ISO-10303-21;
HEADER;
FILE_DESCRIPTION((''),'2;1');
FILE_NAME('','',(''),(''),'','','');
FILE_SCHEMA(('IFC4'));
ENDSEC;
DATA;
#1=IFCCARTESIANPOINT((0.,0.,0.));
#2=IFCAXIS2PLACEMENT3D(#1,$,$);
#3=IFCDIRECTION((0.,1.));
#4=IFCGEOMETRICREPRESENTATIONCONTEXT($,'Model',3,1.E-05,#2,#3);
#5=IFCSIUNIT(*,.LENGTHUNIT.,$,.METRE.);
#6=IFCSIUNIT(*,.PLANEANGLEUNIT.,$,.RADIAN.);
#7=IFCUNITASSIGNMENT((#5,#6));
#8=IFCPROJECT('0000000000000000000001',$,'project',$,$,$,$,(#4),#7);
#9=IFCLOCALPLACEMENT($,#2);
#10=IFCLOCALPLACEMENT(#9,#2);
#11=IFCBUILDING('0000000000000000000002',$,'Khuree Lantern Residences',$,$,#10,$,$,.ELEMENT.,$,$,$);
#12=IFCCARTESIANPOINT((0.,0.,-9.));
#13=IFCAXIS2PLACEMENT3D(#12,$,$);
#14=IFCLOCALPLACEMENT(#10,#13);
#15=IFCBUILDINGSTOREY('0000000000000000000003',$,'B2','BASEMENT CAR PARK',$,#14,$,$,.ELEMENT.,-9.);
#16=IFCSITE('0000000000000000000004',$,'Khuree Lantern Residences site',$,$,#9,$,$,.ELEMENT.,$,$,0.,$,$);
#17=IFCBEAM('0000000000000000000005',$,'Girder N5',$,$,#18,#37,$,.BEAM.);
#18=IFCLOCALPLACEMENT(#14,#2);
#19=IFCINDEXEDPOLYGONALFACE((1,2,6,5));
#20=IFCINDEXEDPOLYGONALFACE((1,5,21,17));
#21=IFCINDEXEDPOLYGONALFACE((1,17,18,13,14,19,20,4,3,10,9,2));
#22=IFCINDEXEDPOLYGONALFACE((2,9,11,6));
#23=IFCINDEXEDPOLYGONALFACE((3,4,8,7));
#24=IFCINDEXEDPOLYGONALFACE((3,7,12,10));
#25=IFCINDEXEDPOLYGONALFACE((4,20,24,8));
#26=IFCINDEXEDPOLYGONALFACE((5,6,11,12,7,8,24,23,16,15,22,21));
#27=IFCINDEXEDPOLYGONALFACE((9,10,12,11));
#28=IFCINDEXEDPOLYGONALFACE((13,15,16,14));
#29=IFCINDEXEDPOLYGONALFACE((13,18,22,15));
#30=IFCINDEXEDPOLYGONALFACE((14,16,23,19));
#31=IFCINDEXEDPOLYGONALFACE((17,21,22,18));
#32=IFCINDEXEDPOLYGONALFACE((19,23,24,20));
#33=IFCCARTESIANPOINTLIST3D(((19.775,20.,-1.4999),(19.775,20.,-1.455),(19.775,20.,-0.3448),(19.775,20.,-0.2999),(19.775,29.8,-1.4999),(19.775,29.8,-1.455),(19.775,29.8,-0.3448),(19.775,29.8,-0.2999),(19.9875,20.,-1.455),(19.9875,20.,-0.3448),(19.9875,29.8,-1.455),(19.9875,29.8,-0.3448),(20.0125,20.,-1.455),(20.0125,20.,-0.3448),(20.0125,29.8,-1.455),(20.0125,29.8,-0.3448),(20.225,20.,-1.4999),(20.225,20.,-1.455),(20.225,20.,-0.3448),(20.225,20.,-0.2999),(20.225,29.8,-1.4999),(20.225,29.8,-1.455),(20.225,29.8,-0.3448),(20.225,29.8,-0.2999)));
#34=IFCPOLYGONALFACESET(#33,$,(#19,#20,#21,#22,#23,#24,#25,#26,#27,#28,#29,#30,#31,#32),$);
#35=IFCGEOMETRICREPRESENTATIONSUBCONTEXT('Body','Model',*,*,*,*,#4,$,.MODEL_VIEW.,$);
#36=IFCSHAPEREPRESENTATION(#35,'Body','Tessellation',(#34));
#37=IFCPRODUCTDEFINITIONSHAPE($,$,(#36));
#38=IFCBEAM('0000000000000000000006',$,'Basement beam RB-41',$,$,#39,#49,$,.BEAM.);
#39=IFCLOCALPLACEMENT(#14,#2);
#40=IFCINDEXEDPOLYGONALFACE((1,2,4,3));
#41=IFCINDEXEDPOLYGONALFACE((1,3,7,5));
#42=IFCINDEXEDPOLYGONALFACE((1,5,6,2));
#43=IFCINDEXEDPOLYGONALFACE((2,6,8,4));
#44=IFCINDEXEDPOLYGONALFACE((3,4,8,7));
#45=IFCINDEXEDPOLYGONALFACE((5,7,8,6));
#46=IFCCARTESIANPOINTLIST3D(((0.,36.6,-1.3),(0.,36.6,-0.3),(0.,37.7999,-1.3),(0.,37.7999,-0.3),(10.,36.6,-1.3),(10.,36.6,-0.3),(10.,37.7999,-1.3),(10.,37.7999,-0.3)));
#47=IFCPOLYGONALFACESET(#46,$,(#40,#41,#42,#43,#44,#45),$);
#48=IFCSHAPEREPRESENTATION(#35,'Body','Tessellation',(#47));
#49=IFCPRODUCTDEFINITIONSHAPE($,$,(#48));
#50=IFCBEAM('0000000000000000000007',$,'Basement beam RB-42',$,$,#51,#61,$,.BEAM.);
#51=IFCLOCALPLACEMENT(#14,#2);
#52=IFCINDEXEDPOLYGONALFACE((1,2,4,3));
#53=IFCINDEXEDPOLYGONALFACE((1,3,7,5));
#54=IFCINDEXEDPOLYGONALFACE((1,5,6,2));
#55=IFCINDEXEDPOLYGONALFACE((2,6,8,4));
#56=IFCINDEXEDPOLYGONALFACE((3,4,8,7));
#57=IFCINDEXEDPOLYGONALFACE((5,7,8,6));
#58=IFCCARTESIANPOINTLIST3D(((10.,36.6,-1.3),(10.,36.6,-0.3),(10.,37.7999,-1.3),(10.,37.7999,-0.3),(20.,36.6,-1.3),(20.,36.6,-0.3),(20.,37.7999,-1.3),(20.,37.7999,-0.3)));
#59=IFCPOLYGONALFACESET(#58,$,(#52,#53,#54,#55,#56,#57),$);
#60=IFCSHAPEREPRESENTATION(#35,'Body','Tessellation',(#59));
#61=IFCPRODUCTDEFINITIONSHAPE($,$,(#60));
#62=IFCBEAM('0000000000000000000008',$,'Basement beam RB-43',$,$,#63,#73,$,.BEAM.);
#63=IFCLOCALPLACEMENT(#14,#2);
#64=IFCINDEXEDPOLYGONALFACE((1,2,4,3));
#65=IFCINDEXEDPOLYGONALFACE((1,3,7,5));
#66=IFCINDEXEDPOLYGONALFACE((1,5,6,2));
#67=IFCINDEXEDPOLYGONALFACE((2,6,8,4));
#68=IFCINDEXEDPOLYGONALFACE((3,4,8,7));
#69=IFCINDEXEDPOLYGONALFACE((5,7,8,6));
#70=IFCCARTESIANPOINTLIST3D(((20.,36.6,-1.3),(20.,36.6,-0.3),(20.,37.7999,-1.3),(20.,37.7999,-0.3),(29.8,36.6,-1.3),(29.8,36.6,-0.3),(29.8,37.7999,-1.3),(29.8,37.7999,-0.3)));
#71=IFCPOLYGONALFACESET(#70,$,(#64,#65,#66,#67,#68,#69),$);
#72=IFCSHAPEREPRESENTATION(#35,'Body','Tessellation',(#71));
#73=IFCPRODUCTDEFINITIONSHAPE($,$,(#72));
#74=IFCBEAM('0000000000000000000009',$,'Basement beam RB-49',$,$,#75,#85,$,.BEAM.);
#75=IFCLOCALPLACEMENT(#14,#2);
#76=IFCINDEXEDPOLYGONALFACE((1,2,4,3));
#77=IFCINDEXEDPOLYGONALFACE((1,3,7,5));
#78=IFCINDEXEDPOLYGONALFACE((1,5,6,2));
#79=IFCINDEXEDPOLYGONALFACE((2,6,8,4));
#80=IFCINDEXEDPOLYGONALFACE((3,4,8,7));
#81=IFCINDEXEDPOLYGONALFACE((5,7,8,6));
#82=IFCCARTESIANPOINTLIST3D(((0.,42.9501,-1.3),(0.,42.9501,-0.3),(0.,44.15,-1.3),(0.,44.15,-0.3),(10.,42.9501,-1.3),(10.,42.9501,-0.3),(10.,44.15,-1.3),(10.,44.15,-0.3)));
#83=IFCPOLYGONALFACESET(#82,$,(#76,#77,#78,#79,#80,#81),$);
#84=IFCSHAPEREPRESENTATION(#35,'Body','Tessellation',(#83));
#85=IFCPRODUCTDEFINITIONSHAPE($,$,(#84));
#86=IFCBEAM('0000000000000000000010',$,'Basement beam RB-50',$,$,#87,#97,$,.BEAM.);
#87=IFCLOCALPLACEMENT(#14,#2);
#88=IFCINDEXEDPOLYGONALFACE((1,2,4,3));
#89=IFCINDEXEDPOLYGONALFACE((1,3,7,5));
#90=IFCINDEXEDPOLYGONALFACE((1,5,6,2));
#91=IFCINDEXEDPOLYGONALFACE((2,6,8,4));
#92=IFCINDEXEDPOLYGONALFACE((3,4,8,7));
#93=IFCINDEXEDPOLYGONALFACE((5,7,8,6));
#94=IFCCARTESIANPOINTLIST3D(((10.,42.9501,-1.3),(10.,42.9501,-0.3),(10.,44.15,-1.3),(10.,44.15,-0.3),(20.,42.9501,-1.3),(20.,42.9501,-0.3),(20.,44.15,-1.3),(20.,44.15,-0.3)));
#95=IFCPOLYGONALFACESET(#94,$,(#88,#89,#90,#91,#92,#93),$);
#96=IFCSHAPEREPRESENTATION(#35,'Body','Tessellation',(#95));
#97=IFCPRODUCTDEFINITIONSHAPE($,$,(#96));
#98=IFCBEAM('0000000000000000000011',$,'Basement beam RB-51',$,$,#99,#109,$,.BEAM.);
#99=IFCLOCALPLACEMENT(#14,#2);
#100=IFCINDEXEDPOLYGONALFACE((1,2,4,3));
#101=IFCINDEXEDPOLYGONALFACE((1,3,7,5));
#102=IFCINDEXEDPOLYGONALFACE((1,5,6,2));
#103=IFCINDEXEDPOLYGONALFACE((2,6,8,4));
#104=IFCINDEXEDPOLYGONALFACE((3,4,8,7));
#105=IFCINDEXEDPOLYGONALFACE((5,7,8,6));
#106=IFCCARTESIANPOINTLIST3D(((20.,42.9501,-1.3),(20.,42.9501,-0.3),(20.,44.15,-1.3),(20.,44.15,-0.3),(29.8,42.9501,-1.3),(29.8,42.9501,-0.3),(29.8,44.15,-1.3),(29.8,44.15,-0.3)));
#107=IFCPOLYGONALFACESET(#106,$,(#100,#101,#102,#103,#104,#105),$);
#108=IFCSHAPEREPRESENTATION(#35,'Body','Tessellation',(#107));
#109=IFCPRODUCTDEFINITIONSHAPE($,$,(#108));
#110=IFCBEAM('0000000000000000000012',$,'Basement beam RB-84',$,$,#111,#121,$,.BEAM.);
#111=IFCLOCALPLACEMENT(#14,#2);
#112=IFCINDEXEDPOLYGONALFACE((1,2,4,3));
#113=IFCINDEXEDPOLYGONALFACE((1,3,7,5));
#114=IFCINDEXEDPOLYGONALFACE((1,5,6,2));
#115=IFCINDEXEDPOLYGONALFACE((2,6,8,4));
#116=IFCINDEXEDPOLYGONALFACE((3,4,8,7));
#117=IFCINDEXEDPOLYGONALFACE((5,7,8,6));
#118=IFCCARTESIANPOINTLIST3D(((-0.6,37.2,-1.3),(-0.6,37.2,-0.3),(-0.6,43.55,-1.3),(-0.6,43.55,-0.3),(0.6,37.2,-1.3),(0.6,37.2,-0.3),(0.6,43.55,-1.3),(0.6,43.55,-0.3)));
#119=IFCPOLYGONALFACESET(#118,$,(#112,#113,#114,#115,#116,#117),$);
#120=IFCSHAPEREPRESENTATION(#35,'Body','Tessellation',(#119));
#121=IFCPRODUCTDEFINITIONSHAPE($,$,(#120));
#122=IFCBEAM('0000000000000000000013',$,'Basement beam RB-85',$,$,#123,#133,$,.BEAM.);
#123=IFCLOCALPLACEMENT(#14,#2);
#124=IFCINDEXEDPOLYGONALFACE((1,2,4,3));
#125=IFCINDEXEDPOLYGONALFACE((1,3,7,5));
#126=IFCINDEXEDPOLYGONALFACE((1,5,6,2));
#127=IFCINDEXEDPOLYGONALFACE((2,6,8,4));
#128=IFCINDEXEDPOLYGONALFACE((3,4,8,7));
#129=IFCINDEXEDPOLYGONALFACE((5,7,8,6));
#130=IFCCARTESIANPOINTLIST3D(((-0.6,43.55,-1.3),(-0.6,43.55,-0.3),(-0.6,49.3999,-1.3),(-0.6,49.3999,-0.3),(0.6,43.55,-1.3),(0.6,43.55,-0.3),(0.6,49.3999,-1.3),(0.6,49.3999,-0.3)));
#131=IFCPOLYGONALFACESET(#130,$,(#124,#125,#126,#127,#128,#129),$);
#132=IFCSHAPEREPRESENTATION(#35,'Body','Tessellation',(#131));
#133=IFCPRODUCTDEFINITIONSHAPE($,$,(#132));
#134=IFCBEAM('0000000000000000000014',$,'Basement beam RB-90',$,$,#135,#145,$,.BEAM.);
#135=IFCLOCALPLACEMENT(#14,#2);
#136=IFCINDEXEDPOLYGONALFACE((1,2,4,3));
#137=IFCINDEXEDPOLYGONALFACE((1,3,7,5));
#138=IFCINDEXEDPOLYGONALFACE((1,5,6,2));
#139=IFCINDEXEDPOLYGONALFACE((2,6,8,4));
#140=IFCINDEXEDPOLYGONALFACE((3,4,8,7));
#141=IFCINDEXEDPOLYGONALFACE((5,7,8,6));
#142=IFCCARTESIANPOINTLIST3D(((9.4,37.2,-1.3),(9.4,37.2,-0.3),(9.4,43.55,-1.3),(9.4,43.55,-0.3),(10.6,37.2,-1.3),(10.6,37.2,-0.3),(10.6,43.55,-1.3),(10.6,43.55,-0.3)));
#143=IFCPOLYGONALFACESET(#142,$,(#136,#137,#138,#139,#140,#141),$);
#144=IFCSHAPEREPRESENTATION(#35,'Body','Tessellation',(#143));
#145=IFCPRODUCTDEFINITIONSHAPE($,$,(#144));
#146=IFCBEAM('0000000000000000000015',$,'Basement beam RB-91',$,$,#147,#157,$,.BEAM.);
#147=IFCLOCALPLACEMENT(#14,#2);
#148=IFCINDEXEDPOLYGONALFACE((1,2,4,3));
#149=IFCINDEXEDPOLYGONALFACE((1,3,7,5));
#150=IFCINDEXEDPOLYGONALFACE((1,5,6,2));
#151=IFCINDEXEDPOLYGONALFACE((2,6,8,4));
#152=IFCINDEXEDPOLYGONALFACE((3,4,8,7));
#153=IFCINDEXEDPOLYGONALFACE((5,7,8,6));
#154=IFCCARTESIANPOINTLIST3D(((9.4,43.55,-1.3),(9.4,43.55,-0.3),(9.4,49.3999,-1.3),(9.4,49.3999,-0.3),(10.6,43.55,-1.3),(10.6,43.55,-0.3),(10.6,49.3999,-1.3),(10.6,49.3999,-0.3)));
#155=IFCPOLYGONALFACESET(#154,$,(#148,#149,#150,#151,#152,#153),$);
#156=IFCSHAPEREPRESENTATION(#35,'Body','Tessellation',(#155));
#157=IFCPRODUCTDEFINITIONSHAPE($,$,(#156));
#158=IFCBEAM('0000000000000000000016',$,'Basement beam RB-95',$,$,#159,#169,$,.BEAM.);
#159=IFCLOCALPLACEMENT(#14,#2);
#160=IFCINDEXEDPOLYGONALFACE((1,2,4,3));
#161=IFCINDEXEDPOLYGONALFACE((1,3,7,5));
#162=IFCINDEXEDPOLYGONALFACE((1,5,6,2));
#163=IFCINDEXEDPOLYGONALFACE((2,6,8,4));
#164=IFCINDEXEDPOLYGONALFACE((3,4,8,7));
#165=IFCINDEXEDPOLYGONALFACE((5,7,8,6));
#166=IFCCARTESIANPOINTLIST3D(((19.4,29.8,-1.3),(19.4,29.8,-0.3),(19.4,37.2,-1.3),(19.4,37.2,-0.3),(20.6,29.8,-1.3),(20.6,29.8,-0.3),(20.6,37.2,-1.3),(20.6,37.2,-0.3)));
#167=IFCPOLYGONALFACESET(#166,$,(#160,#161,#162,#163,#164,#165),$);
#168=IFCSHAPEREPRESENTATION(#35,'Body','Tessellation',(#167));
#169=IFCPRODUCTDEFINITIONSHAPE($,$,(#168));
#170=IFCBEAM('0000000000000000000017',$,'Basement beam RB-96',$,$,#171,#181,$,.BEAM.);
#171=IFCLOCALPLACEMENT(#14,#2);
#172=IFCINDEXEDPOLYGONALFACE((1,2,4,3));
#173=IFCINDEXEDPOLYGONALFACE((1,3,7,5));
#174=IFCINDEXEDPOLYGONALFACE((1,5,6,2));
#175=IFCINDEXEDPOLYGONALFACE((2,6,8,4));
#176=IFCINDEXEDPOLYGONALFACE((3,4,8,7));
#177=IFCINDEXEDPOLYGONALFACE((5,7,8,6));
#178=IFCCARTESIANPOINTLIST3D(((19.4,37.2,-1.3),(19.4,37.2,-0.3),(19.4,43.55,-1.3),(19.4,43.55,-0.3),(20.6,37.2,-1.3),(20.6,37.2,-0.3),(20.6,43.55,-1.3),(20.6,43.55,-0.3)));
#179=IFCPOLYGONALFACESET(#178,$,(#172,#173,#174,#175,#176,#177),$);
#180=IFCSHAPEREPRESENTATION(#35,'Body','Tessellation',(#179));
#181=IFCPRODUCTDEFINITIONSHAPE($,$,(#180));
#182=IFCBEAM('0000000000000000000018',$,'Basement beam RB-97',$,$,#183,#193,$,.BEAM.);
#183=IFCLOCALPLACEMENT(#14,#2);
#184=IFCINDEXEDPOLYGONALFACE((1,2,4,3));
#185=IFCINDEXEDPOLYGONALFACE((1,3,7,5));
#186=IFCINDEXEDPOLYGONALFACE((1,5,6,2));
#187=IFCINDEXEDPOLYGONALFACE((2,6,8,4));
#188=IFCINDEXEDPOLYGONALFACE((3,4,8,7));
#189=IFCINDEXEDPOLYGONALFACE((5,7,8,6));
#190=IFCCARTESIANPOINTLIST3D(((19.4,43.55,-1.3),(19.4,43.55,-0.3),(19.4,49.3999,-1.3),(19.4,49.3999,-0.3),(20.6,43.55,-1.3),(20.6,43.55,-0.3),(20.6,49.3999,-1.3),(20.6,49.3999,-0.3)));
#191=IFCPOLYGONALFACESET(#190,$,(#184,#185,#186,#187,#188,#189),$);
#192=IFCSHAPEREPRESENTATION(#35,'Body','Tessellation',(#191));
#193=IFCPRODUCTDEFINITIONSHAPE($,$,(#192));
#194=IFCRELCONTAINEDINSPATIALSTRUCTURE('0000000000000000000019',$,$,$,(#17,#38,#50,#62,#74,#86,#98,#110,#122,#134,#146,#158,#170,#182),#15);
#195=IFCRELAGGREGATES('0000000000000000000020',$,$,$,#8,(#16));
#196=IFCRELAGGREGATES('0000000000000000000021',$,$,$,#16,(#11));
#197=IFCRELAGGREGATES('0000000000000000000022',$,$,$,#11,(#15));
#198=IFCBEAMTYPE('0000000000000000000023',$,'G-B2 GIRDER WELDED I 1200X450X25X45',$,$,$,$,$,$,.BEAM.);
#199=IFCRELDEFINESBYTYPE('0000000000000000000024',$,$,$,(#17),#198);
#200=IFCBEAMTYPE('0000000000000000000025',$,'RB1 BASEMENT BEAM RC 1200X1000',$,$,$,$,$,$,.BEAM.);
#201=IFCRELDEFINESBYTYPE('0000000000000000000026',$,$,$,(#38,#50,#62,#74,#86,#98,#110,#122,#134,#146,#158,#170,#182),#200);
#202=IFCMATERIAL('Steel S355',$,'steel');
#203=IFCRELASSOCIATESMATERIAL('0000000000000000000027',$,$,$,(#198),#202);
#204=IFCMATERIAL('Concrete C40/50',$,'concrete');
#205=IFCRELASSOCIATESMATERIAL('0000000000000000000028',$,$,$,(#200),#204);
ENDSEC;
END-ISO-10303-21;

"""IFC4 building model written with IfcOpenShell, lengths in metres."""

from ifc_helpers import new_model, si_unit, direction, frame, origin, origin_2d, place, context, subcontext, project, spatial, rectangle, i_section, extrude, material, material_profile, profile_set, type_object, element, save


model = new_model("IFC4")

# Units and contexts
model_context = context("Model", 3, precision=1e-05, world=origin(), true_north=direction((0.0, 1.0)))
body_context = subcontext(model_context, "Body", "Model", "MODEL_VIEW")
ifc_project = project(units=[si_unit("LENGTHUNIT", "METRE"), si_unit("PLANEANGLEUNIT", "RADIAN")], contexts=[model_context])

# Site, building, storey
site_placement = place(None, origin())
site = spatial("IfcSite", under=ifc_project, at=site_placement, Name="Khuree Lantern Residences site", CompositionType="ELEMENT", RefElevation=0.0)
building_placement = place(site_placement, origin())
building = spatial("IfcBuilding", under=site, at=building_placement, Name="Khuree Lantern Residences", CompositionType="ELEMENT")
storey_placement = place(building_placement, frame((0.0, 0.0, -9.0)))
storey = spatial("IfcBuildingStorey", under=building, at=storey_placement, Name="B2", Description="BASEMENT CAR PARK", CompositionType="ELEMENT", Elevation=-9.0)

# Beams
ifc_material_1 = material(Name="Steel S355", Category="steel")
ifc_material_profile_1 = material_profile(ifc_material_1, i_section(OverallWidth=0.45, OverallDepth=1.2, WebThickness=0.0249, FlangeThickness=0.0449, at=origin_2d()), Name="WELDED I 1200X450X25X45")
ifc_profile_set_1 = profile_set([ifc_material_profile_1], Name="Steel S355")
beam_type_1 = type_object("IfcBeamType", Name="G-B2 GIRDER WELDED I 1200X450X25X45", PredefinedType="BEAM", material=ifc_profile_set_1)
beam_1_placement = place(storey_placement, frame((20.0, 29.8, -0.8999), z_axis=(0.0, -1.0, 0.0), x_axis=(1.0, 0.0, 0.0)))
element("IfcBeam", 1, at=beam_1_placement, inside=storey, type_object=beam_type_1, Name="Girder N5", PredefinedType="BEAM", context=body_context, shape_type="SweptSolid", body=[
    extrude(i_section(OverallWidth=0.45, OverallDepth=1.2, WebThickness=0.0249, FlangeThickness=0.0449, at=origin_2d()), origin(), (0.0, 0.0, 1.0), 9.8),
])
ifc_material_2 = material(Name="Concrete C40/50", Category="concrete")
ifc_material_profile_2 = material_profile(ifc_material_2, rectangle(XDim=1.2, YDim=1.0, at=origin_2d()), Name="RC 1200X1000")
ifc_profile_set_2 = profile_set([ifc_material_profile_2], Name="Concrete C40/50")
beam_type_2 = type_object("IfcBeamType", Name="RB1 BASEMENT BEAM RC 1200X1000", PredefinedType="BEAM", material=ifc_profile_set_2)
for number, where, z_axis, x_axis, name in (
    (2, (0.0, 37.2, -0.8), (1.0, 0.0, 0.0), (0.0, 1.0, 0.0), "Basement beam RB-41"),
    (3, (10.0, 37.2, -0.8), (1.0, 0.0, 0.0), (0.0, 1.0, 0.0), "Basement beam RB-42"),
):
    element("IfcBeam", number, at=place(storey_placement, frame(where, z_axis=z_axis, x_axis=x_axis)), inside=storey, type_object=beam_type_2, Name=name, PredefinedType="BEAM", context=body_context, shape_type="SweptSolid", body=[
        extrude(rectangle(XDim=1.2, YDim=1.0, at=origin_2d()), origin(), (0.0, 0.0, 1.0), 10.0),
    ])
beam_2_placement = place(storey_placement, frame((20.0, 37.2, -0.8), z_axis=(1.0, 0.0, 0.0), x_axis=(0.0, 1.0, 0.0)))
element("IfcBeam", 4, at=beam_2_placement, inside=storey, type_object=beam_type_2, Name="Basement beam RB-43", PredefinedType="BEAM", context=body_context, shape_type="SweptSolid", body=[
    extrude(rectangle(XDim=1.2, YDim=1.0, at=origin_2d()), origin(), (0.0, 0.0, 1.0), 9.8),
])
for number, where, z_axis, x_axis, name in (
    (5, (0.0, 43.55, -0.8), (1.0, 0.0, 0.0), (0.0, 1.0, 0.0), "Basement beam RB-49"),
    (6, (10.0, 43.55, -0.8), (1.0, 0.0, 0.0), (0.0, 1.0, 0.0), "Basement beam RB-50"),
):
    element("IfcBeam", number, at=place(storey_placement, frame(where, z_axis=z_axis, x_axis=x_axis)), inside=storey, type_object=beam_type_2, Name=name, PredefinedType="BEAM", context=body_context, shape_type="SweptSolid", body=[
        extrude(rectangle(XDim=1.2, YDim=1.0, at=origin_2d()), origin(), (0.0, 0.0, 1.0), 10.0),
    ])
beam_3_placement = place(storey_placement, frame((20.0, 43.55, -0.8), z_axis=(1.0, 0.0, 0.0), x_axis=(0.0, 1.0, 0.0)))
element("IfcBeam", 7, at=beam_3_placement, inside=storey, type_object=beam_type_2, Name="Basement beam RB-51", PredefinedType="BEAM", context=body_context, shape_type="SweptSolid", body=[
    extrude(rectangle(XDim=1.2, YDim=1.0, at=origin_2d()), origin(), (0.0, 0.0, 1.0), 9.8),
])
beam_4_placement = place(storey_placement, frame((0.0, 37.2, -0.8), z_axis=(0.0, 1.0, 0.0), x_axis=(-1.0, 0.0, 0.0)))
element("IfcBeam", 8, at=beam_4_placement, inside=storey, type_object=beam_type_2, Name="Basement beam RB-84", PredefinedType="BEAM", context=body_context, shape_type="SweptSolid", body=[
    extrude(rectangle(XDim=1.2, YDim=1.0, at=origin_2d()), origin(), (0.0, 0.0, 1.0), 6.3501),
])
beam_5_placement = place(storey_placement, frame((0.0, 43.55, -0.8), z_axis=(0.0, 1.0, 0.0), x_axis=(-1.0, 0.0, 0.0)))
element("IfcBeam", 9, at=beam_5_placement, inside=storey, type_object=beam_type_2, Name="Basement beam RB-85", PredefinedType="BEAM", context=body_context, shape_type="SweptSolid", body=[
    extrude(rectangle(XDim=1.2, YDim=1.0, at=origin_2d()), origin(), (0.0, 0.0, 1.0), 5.8499),
])
beam_6_placement = place(storey_placement, frame((10.0, 37.2, -0.8), z_axis=(0.0, 1.0, 0.0), x_axis=(-1.0, 0.0, 0.0)))
element("IfcBeam", 10, at=beam_6_placement, inside=storey, type_object=beam_type_2, Name="Basement beam RB-90", PredefinedType="BEAM", context=body_context, shape_type="SweptSolid", body=[
    extrude(rectangle(XDim=1.2, YDim=1.0, at=origin_2d()), origin(), (0.0, 0.0, 1.0), 6.3501),
])
beam_7_placement = place(storey_placement, frame((10.0, 43.55, -0.8), z_axis=(0.0, 1.0, 0.0), x_axis=(-1.0, 0.0, 0.0)))
element("IfcBeam", 11, at=beam_7_placement, inside=storey, type_object=beam_type_2, Name="Basement beam RB-91", PredefinedType="BEAM", context=body_context, shape_type="SweptSolid", body=[
    extrude(rectangle(XDim=1.2, YDim=1.0, at=origin_2d()), origin(), (0.0, 0.0, 1.0), 5.8499),
])
beam_8_placement = place(storey_placement, frame((20.0, 29.8, -0.8), z_axis=(0.0, 1.0, 0.0), x_axis=(-1.0, 0.0, 0.0)))
element("IfcBeam", 12, at=beam_8_placement, inside=storey, type_object=beam_type_2, Name="Basement beam RB-95", PredefinedType="BEAM", context=body_context, shape_type="SweptSolid", body=[
    extrude(rectangle(XDim=1.2, YDim=1.0, at=origin_2d()), origin(), (0.0, 0.0, 1.0), 7.3999),
])
beam_9_placement = place(storey_placement, frame((20.0, 37.2, -0.8), z_axis=(0.0, 1.0, 0.0), x_axis=(-1.0, 0.0, 0.0)))
element("IfcBeam", 13, at=beam_9_placement, inside=storey, type_object=beam_type_2, Name="Basement beam RB-96", PredefinedType="BEAM", context=body_context, shape_type="SweptSolid", body=[
    extrude(rectangle(XDim=1.2, YDim=1.0, at=origin_2d()), origin(), (0.0, 0.0, 1.0), 6.3501),
])
beam_10_placement = place(storey_placement, frame((20.0, 43.55, -0.8), z_axis=(0.0, 1.0, 0.0), x_axis=(-1.0, 0.0, 0.0)))
element("IfcBeam", 14, at=beam_10_placement, inside=storey, type_object=beam_type_2, Name="Basement beam RB-97", PredefinedType="BEAM", context=body_context, shape_type="SweptSolid", body=[
    extrude(rectangle(XDim=1.2, YDim=1.0, at=origin_2d()), origin(), (0.0, 0.0, 1.0), 5.8499),
])

save(model, "model.ifc")
